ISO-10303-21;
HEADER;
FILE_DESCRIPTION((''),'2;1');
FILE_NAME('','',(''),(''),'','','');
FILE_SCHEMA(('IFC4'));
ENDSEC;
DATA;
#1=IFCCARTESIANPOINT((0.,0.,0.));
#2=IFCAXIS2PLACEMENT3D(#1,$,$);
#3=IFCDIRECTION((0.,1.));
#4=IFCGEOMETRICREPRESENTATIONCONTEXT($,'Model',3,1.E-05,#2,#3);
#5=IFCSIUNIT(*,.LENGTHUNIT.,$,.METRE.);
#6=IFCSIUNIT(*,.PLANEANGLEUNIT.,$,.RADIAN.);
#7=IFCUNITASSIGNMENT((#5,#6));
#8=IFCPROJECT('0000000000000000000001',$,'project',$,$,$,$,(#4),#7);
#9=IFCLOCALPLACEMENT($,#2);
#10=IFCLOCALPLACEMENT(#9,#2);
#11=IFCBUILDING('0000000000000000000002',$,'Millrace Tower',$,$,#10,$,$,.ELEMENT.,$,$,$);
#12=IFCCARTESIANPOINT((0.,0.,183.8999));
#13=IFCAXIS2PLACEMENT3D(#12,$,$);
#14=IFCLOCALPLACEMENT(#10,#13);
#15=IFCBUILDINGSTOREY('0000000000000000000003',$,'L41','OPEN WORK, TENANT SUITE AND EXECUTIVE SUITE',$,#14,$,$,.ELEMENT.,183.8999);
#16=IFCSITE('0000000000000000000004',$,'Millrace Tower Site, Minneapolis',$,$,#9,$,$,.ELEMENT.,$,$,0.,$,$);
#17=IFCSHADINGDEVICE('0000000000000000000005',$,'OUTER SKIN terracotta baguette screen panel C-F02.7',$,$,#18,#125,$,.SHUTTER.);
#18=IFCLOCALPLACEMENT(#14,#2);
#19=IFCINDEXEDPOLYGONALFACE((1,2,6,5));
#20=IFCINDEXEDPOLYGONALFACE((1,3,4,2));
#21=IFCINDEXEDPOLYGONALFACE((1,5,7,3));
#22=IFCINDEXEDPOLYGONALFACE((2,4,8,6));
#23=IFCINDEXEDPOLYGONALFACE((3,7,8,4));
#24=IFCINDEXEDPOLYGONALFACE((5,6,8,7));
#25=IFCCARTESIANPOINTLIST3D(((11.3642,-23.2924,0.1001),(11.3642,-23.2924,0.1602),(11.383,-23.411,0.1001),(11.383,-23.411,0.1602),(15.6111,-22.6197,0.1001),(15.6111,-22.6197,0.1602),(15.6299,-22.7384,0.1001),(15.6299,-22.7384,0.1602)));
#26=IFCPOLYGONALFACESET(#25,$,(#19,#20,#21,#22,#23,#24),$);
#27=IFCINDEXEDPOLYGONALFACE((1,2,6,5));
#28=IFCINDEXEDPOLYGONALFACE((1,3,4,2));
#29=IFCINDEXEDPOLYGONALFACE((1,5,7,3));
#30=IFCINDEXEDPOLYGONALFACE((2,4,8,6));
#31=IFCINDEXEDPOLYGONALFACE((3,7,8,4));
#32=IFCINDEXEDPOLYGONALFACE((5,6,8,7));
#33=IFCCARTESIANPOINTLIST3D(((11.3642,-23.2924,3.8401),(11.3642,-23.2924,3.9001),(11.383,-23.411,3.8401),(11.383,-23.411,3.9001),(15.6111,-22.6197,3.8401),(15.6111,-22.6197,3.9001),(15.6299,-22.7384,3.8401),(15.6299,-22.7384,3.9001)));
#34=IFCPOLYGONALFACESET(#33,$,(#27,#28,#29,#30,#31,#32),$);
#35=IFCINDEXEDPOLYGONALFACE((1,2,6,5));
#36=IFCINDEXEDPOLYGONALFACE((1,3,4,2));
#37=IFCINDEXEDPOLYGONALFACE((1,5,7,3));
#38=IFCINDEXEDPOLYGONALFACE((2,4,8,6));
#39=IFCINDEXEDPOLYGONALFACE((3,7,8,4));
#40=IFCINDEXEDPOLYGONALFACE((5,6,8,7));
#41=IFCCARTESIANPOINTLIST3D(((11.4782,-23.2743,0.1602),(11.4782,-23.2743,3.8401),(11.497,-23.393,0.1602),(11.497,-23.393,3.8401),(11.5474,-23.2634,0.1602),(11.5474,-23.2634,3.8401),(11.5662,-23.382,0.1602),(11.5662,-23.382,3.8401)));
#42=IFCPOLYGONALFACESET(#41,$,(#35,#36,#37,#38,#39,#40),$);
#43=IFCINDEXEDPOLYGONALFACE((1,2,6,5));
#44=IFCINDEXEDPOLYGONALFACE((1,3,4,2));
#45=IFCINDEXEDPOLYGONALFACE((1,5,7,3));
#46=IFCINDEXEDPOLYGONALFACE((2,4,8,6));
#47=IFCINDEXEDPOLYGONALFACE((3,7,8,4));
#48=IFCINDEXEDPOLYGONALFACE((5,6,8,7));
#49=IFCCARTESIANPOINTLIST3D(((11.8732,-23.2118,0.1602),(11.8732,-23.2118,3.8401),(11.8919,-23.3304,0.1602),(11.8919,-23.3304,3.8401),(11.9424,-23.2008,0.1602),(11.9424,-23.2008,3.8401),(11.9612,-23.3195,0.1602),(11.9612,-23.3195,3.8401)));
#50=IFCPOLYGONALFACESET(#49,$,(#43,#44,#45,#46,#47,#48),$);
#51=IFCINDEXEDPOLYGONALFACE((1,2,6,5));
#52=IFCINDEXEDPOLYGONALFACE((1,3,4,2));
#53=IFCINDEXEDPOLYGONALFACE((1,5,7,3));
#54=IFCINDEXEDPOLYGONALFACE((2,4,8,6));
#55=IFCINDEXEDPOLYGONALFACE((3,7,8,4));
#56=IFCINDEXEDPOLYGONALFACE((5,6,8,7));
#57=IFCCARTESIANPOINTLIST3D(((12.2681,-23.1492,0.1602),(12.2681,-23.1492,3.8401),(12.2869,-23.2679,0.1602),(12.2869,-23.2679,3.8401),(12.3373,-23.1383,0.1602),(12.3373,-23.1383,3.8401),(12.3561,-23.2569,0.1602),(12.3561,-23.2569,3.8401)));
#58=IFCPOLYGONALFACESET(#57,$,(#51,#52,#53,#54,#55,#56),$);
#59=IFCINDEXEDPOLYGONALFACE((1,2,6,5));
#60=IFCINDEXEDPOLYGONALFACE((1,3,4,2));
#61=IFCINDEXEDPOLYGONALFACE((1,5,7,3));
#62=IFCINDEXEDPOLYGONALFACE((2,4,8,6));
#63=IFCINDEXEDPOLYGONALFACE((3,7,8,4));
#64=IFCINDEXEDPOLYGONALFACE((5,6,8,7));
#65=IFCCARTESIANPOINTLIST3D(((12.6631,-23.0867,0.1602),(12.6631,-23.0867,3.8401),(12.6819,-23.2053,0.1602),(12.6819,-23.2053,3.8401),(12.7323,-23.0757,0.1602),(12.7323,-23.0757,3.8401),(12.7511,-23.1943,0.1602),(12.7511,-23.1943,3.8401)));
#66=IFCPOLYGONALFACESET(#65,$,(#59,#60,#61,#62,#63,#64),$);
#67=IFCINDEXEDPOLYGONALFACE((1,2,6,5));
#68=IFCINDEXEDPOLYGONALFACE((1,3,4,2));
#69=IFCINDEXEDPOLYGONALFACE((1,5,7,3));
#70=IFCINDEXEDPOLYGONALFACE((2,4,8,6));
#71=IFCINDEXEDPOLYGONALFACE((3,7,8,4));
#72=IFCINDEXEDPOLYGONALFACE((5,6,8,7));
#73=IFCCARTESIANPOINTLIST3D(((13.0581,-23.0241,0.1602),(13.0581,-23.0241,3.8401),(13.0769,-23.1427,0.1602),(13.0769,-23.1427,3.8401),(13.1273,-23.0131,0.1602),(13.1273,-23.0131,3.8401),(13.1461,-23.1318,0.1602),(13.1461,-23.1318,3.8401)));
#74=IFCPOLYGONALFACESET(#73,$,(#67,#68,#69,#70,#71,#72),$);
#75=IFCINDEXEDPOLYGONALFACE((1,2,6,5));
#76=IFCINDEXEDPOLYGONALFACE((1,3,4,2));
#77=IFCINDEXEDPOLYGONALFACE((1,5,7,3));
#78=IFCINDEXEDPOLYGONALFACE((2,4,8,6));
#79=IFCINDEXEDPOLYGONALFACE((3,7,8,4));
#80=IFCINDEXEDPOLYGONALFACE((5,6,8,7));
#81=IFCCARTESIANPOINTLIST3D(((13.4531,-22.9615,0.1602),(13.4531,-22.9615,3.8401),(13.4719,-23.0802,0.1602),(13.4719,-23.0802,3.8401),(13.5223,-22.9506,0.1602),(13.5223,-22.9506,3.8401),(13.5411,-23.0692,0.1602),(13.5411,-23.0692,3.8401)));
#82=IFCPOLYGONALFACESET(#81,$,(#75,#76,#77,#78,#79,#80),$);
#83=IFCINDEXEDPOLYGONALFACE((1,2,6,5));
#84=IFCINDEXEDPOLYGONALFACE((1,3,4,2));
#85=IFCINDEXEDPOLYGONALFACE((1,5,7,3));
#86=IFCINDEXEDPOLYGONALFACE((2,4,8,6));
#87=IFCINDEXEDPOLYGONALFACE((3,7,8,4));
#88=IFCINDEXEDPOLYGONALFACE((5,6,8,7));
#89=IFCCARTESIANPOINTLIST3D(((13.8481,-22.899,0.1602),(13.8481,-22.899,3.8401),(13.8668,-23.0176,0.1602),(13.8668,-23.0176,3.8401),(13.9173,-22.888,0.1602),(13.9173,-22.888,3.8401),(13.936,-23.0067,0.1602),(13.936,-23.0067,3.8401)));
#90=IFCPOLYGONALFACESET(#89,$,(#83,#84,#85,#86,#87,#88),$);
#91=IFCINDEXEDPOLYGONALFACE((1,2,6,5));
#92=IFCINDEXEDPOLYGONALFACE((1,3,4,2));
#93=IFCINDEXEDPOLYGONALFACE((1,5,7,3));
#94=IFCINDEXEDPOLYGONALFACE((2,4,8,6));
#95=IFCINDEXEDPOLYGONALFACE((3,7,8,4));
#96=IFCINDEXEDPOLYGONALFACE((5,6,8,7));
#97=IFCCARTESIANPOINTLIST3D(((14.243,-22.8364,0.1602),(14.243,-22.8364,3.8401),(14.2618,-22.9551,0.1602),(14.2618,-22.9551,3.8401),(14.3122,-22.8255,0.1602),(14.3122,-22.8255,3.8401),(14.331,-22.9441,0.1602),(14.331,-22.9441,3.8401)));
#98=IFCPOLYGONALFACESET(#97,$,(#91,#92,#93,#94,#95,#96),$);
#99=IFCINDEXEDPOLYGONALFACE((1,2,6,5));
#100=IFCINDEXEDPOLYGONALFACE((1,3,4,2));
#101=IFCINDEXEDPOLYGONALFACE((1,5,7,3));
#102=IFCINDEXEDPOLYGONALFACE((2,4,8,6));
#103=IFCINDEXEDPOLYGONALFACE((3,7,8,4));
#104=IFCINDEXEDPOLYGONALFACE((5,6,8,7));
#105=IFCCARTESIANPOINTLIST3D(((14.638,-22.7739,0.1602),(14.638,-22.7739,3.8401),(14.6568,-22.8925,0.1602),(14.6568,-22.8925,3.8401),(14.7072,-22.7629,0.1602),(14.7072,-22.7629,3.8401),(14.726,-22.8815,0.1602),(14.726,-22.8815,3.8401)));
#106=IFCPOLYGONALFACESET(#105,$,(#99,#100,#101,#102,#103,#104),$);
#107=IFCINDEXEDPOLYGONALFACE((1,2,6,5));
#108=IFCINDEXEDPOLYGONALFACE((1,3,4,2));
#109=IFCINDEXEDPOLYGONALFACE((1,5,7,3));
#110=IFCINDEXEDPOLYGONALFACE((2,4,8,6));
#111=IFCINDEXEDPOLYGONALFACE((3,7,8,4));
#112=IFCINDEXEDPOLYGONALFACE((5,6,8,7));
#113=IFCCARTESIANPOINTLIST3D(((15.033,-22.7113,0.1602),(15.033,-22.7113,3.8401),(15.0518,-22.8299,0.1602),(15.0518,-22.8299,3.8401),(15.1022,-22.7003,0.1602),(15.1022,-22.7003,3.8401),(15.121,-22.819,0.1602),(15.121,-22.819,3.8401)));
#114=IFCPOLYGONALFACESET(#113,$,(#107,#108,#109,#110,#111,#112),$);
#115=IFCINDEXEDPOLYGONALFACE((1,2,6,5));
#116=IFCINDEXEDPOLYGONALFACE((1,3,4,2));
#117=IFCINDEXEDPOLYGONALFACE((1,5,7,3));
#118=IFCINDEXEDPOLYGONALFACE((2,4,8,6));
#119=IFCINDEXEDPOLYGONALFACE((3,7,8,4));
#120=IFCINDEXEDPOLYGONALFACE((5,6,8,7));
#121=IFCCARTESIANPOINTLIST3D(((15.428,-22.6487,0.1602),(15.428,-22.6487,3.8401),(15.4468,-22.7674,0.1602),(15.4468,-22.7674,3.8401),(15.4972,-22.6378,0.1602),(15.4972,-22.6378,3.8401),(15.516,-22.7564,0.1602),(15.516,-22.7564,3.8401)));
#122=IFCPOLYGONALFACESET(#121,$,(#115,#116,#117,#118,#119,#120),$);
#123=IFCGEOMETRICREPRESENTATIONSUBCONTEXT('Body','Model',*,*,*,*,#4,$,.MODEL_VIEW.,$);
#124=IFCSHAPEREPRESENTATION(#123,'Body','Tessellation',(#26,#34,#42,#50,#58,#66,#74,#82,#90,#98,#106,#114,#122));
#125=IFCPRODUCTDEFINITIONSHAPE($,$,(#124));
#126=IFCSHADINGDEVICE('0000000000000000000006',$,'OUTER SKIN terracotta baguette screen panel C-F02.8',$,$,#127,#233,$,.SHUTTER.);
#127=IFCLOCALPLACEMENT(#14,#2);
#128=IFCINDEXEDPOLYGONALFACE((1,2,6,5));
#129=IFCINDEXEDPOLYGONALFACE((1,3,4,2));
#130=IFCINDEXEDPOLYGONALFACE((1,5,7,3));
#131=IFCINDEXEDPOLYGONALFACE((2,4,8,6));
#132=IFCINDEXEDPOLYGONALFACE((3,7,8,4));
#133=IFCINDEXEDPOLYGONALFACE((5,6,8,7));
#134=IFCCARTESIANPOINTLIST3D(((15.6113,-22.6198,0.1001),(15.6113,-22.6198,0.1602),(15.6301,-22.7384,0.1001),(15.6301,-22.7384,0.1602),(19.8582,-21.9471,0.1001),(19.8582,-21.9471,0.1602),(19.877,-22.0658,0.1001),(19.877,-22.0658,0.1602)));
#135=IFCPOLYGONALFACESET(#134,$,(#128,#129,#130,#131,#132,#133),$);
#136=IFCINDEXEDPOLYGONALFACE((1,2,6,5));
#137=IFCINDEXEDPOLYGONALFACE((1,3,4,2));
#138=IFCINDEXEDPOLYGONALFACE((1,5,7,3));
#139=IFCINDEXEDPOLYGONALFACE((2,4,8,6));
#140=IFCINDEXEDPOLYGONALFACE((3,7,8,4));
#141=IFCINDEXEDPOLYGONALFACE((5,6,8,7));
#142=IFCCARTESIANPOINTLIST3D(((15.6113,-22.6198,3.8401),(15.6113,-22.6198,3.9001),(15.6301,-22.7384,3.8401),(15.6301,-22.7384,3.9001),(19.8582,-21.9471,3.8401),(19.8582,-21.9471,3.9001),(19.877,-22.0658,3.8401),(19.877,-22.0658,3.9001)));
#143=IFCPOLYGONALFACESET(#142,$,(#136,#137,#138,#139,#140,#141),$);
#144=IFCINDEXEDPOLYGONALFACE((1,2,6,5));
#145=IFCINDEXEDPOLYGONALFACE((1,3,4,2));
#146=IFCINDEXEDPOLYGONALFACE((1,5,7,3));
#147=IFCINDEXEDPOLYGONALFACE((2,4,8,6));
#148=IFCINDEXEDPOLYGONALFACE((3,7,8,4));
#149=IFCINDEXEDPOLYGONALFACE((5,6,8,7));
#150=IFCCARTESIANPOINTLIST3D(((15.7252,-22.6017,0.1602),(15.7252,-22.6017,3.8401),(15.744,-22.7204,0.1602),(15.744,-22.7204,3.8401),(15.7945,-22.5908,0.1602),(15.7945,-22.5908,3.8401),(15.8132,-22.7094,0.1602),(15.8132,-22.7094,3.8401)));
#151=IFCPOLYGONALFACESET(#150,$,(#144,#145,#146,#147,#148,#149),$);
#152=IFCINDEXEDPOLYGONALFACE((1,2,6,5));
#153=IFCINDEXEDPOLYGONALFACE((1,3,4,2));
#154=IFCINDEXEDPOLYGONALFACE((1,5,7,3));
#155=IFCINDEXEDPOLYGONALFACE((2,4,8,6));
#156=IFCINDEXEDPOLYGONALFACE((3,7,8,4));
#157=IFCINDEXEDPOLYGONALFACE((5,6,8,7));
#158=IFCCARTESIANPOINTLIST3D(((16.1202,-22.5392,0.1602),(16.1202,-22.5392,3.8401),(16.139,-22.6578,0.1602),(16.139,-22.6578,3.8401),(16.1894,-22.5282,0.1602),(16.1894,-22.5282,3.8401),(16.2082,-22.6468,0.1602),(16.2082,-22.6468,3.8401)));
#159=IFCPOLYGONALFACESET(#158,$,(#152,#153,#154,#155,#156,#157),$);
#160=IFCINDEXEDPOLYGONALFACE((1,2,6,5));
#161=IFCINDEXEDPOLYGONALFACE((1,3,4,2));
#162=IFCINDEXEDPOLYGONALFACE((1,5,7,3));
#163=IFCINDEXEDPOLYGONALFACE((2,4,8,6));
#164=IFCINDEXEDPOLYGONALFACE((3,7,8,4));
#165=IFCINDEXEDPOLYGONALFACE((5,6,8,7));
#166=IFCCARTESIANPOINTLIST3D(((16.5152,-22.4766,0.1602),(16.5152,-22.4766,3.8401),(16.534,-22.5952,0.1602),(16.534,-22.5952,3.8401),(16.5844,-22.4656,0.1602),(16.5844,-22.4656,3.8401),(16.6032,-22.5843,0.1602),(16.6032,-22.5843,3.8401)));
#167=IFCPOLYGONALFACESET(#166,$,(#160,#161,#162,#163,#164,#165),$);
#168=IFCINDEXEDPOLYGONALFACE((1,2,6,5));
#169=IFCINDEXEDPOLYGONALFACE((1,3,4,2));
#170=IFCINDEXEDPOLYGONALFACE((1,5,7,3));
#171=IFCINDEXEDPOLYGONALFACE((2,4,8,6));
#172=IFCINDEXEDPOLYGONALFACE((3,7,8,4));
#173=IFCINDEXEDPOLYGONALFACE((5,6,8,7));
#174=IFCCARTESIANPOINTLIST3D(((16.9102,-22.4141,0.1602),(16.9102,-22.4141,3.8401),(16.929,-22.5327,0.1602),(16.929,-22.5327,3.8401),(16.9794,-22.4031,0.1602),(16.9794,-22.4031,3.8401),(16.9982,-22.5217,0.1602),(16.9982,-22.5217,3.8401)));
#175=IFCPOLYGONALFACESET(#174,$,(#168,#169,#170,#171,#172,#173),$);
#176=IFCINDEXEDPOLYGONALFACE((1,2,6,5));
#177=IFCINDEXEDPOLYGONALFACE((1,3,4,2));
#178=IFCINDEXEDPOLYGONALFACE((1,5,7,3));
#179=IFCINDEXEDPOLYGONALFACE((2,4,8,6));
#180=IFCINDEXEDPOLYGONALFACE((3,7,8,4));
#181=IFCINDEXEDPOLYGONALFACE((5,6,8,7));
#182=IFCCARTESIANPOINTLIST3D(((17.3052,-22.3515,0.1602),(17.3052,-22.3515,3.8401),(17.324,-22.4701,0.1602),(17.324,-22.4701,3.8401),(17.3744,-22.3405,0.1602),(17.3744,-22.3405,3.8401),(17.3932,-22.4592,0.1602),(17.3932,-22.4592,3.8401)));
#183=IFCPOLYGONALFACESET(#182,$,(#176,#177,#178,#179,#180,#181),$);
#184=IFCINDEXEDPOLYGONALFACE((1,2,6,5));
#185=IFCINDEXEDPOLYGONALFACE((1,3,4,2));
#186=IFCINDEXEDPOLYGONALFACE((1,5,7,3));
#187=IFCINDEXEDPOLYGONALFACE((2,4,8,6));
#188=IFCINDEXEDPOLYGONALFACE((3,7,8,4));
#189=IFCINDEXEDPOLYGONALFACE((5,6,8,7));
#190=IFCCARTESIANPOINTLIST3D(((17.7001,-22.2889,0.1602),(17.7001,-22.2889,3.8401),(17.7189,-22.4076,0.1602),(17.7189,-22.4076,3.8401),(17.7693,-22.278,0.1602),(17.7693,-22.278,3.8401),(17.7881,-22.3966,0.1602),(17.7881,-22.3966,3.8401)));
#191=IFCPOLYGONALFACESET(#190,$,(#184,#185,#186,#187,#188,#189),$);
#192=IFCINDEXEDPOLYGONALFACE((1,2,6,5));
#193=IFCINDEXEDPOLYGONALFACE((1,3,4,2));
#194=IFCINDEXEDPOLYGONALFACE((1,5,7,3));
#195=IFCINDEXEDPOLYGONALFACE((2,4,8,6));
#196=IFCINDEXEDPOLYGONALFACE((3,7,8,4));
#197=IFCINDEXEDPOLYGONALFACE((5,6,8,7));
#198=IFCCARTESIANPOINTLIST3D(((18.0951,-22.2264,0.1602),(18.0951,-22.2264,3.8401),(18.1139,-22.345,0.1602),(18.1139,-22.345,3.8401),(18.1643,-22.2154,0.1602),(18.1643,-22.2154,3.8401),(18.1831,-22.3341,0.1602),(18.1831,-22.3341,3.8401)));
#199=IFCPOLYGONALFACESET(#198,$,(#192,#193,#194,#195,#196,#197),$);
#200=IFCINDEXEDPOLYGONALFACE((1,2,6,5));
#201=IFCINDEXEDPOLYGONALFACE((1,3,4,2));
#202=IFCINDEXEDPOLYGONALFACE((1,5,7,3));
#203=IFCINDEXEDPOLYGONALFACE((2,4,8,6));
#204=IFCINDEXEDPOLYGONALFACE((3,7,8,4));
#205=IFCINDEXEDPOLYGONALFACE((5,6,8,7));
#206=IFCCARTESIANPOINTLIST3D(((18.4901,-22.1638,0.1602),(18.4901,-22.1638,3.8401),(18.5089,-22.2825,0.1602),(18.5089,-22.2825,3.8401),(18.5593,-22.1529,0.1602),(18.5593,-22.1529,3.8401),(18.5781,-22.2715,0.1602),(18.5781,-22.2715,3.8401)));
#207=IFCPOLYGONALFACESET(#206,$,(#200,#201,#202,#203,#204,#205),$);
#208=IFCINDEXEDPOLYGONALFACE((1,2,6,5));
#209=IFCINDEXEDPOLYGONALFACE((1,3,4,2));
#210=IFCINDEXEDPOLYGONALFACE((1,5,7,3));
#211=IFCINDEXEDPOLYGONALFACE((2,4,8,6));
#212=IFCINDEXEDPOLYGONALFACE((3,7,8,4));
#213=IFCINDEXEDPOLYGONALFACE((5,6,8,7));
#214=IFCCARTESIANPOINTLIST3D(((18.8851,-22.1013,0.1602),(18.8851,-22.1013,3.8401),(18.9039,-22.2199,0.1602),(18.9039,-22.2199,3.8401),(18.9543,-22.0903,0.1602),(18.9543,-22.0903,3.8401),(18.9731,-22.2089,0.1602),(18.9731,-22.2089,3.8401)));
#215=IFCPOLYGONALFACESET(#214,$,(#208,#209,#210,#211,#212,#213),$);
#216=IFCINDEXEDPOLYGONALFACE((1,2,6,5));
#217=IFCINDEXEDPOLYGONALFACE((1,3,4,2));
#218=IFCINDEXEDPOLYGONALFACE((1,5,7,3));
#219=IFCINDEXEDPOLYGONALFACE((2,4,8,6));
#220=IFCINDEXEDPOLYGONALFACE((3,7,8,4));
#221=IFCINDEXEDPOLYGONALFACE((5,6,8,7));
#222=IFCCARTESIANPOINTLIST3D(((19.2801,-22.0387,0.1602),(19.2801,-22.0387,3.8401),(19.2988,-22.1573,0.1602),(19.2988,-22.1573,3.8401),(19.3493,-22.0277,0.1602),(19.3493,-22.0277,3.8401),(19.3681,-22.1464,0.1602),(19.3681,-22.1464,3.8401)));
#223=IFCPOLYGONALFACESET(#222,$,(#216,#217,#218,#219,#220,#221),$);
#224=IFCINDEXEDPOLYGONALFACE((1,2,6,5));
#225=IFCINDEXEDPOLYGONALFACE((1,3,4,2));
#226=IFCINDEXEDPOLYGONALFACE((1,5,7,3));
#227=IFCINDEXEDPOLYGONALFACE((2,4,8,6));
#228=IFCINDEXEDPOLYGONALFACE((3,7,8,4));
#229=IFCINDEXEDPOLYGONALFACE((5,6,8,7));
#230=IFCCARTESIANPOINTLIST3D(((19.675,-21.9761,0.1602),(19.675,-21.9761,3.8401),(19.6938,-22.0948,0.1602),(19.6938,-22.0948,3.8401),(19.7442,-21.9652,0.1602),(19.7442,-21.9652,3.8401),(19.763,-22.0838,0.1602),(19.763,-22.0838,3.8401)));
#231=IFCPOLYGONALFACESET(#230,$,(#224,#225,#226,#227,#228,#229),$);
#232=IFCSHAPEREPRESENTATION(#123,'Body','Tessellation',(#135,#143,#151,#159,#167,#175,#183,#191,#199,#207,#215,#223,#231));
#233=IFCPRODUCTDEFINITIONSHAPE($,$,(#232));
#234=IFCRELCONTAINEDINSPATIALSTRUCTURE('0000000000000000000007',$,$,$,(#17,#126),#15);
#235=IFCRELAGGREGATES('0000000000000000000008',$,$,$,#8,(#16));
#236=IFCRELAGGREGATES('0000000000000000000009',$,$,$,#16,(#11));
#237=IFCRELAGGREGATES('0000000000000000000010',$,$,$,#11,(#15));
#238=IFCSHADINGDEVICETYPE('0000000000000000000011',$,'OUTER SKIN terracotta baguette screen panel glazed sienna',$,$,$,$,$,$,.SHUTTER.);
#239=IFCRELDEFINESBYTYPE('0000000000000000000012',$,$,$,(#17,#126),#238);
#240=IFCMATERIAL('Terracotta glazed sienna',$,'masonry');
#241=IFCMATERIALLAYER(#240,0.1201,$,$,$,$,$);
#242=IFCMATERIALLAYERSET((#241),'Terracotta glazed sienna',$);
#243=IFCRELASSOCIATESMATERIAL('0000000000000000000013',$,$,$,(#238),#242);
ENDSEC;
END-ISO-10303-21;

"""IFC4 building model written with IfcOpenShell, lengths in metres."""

from ifc_helpers import new_model, entity, si_unit, direction, frame, frame_2d, origin, origin_2d, place, context, subcontext, project, spatial, rectangle, extrude, source, transform, mapped, material, layer, layer_set, type_object, element, save


model = new_model("IFC4")

# Units and contexts
model_context = context("Model", 3, precision=1e-05, world=origin(), true_north=direction((0.0, 1.0)))
body_context = subcontext(model_context, "Body", "Model", "MODEL_VIEW")
ifc_project = project(units=[si_unit("LENGTHUNIT", "METRE"), si_unit("PLANEANGLEUNIT", "RADIAN")], contexts=[model_context])

# Site, building, storey
site_placement = place(None, origin())
site = spatial("IfcSite", under=ifc_project, at=site_placement, Name="Millrace Tower Site, Minneapolis", CompositionType="ELEMENT", RefElevation=0.0)
building_placement = place(site_placement, origin())
building = spatial("IfcBuilding", under=site, at=building_placement, Name="Millrace Tower", CompositionType="ELEMENT")
storey_placement = place(building_placement, frame((0.0, 0.0, 183.8999)))
storey = spatial("IfcBuildingStorey", under=building, at=storey_placement, Name="L41", Description="OPEN WORK, TENANT SUITE AND EXECUTIVE SUITE", CompositionType="ELEMENT", Elevation=183.8999)

# Shading devices
ifc_material_1 = material(Name="Terracotta glazed sienna", Category="masonry")
ifc_layer_1 = layer(ifc_material_1, 0.1201)
ifc_layer_set_1 = layer_set([ifc_layer_1], Name="Terracotta glazed sienna")
shading_device_type = type_object("IfcShadingDeviceType", Name="OUTER SKIN terracotta baguette screen panel glazed sienna", PredefinedType="SHUTTER", material=ifc_layer_set_1)
cartesian_point_1 = entity("IfcCartesianPoint", [-2.1499, 0.0601])
shared_polyline_1 = entity("IfcPolyline", [cartesian_point_1, entity("IfcCartesianPoint", [2.1499, 0.0601]), entity("IfcCartesianPoint", [2.1499, -0.0601]), entity("IfcCartesianPoint", [-2.1499, -0.0601]), cartesian_point_1])
shared_shape_1 = source(origin(), body_context, "Body", "SweptSolid", [
    entity("IfcExtrudedAreaSolid", entity("IfcArbitraryClosedProfileDef", "AREA", None, shared_polyline_1), entity("IfcAxis2Placement3D", entity("IfcCartesianPoint", [0.0, 0.0, 0.0])), entity("IfcDirection", [0.0, 0.0, 1.0]), 0.0601),
    entity("IfcExtrudedAreaSolid", entity("IfcArbitraryClosedProfileDef", "AREA", None, shared_polyline_1), entity("IfcAxis2Placement3D", entity("IfcCartesianPoint", [0.0, 0.0, 3.74])), entity("IfcDirection", [0.0, 0.0, 1.0]), 0.0601),
    extrude(rectangle(XDim=0.0701, YDim=0.1201, at=frame_2d((-1.9995, 0.0))), frame((0.0, 0.0, 0.0601)), (0.0, 0.0, 1.0), 3.6799),
    extrude(rectangle(XDim=0.0701, YDim=0.1201, at=frame_2d((-1.5996, 0.0))), frame((0.0, 0.0, 0.0601)), (0.0, 0.0, 1.0), 3.6799),
    extrude(rectangle(XDim=0.0701, YDim=0.1201, at=frame_2d((-1.1997, 0.0))), frame((0.0, 0.0, 0.0601)), (0.0, 0.0, 1.0), 3.6799),
    extrude(rectangle(XDim=0.0701, YDim=0.1201, at=frame_2d((-0.7998, 0.0))), frame((0.0, 0.0, 0.0601)), (0.0, 0.0, 1.0), 3.6799),
    extrude(rectangle(XDim=0.0701, YDim=0.1201, at=frame_2d((-0.3999, 0.0))), frame((0.0, 0.0, 0.0601)), (0.0, 0.0, 1.0), 3.6799),
    extrude(rectangle(XDim=0.0701, YDim=0.1201, at=origin_2d()), frame((0.0, 0.0, 0.0601)), (0.0, 0.0, 1.0), 3.6799),
    extrude(rectangle(XDim=0.0701, YDim=0.1201, at=frame_2d((0.3999, 0.0))), frame((0.0, 0.0, 0.0601)), (0.0, 0.0, 1.0), 3.6799),
    extrude(rectangle(XDim=0.0701, YDim=0.1201, at=frame_2d((0.7998, 0.0))), frame((0.0, 0.0, 0.0601)), (0.0, 0.0, 1.0), 3.6799),
    extrude(rectangle(XDim=0.0701, YDim=0.1201, at=frame_2d((1.1997, 0.0))), frame((0.0, 0.0, 0.0601)), (0.0, 0.0, 1.0), 3.6799),
    extrude(rectangle(XDim=0.0701, YDim=0.1201, at=frame_2d((1.5996, 0.0))), frame((0.0, 0.0, 0.0601)), (0.0, 0.0, 1.0), 3.6799),
    extrude(rectangle(XDim=0.0701, YDim=0.1201, at=frame_2d((1.9995, 0.0))), frame((0.0, 0.0, 0.0601)), (0.0, 0.0, 1.0), 3.6799),
])
for number, where, z_axis, x_axis, name in (
    (1, (13.4971, -23.0154, 0.1001), (0.0, 0.0, 1.0), (0.987688, 0.156434, 0.0), "OUTER SKIN terracotta baguette screen panel C-F02.7"),
    (2, (17.7441, -22.3428, 0.1001), (0.0, 0.0, 1.0), (0.987688, 0.156434, 0.0), "OUTER SKIN terracotta baguette screen panel C-F02.8"),
):
    element("IfcShadingDevice", number, at=place(storey_placement, frame(where, z_axis=z_axis, x_axis=x_axis)), inside=storey, type_object=shading_device_type, Name=name, PredefinedType="SHUTTER", context=body_context, shape_type="MappedRepresentation", body=[
        mapped(shared_shape_1, transform((0.0, 0.0, 0.0), scale=1.0)),
    ])

save(model, "model.ifc")
